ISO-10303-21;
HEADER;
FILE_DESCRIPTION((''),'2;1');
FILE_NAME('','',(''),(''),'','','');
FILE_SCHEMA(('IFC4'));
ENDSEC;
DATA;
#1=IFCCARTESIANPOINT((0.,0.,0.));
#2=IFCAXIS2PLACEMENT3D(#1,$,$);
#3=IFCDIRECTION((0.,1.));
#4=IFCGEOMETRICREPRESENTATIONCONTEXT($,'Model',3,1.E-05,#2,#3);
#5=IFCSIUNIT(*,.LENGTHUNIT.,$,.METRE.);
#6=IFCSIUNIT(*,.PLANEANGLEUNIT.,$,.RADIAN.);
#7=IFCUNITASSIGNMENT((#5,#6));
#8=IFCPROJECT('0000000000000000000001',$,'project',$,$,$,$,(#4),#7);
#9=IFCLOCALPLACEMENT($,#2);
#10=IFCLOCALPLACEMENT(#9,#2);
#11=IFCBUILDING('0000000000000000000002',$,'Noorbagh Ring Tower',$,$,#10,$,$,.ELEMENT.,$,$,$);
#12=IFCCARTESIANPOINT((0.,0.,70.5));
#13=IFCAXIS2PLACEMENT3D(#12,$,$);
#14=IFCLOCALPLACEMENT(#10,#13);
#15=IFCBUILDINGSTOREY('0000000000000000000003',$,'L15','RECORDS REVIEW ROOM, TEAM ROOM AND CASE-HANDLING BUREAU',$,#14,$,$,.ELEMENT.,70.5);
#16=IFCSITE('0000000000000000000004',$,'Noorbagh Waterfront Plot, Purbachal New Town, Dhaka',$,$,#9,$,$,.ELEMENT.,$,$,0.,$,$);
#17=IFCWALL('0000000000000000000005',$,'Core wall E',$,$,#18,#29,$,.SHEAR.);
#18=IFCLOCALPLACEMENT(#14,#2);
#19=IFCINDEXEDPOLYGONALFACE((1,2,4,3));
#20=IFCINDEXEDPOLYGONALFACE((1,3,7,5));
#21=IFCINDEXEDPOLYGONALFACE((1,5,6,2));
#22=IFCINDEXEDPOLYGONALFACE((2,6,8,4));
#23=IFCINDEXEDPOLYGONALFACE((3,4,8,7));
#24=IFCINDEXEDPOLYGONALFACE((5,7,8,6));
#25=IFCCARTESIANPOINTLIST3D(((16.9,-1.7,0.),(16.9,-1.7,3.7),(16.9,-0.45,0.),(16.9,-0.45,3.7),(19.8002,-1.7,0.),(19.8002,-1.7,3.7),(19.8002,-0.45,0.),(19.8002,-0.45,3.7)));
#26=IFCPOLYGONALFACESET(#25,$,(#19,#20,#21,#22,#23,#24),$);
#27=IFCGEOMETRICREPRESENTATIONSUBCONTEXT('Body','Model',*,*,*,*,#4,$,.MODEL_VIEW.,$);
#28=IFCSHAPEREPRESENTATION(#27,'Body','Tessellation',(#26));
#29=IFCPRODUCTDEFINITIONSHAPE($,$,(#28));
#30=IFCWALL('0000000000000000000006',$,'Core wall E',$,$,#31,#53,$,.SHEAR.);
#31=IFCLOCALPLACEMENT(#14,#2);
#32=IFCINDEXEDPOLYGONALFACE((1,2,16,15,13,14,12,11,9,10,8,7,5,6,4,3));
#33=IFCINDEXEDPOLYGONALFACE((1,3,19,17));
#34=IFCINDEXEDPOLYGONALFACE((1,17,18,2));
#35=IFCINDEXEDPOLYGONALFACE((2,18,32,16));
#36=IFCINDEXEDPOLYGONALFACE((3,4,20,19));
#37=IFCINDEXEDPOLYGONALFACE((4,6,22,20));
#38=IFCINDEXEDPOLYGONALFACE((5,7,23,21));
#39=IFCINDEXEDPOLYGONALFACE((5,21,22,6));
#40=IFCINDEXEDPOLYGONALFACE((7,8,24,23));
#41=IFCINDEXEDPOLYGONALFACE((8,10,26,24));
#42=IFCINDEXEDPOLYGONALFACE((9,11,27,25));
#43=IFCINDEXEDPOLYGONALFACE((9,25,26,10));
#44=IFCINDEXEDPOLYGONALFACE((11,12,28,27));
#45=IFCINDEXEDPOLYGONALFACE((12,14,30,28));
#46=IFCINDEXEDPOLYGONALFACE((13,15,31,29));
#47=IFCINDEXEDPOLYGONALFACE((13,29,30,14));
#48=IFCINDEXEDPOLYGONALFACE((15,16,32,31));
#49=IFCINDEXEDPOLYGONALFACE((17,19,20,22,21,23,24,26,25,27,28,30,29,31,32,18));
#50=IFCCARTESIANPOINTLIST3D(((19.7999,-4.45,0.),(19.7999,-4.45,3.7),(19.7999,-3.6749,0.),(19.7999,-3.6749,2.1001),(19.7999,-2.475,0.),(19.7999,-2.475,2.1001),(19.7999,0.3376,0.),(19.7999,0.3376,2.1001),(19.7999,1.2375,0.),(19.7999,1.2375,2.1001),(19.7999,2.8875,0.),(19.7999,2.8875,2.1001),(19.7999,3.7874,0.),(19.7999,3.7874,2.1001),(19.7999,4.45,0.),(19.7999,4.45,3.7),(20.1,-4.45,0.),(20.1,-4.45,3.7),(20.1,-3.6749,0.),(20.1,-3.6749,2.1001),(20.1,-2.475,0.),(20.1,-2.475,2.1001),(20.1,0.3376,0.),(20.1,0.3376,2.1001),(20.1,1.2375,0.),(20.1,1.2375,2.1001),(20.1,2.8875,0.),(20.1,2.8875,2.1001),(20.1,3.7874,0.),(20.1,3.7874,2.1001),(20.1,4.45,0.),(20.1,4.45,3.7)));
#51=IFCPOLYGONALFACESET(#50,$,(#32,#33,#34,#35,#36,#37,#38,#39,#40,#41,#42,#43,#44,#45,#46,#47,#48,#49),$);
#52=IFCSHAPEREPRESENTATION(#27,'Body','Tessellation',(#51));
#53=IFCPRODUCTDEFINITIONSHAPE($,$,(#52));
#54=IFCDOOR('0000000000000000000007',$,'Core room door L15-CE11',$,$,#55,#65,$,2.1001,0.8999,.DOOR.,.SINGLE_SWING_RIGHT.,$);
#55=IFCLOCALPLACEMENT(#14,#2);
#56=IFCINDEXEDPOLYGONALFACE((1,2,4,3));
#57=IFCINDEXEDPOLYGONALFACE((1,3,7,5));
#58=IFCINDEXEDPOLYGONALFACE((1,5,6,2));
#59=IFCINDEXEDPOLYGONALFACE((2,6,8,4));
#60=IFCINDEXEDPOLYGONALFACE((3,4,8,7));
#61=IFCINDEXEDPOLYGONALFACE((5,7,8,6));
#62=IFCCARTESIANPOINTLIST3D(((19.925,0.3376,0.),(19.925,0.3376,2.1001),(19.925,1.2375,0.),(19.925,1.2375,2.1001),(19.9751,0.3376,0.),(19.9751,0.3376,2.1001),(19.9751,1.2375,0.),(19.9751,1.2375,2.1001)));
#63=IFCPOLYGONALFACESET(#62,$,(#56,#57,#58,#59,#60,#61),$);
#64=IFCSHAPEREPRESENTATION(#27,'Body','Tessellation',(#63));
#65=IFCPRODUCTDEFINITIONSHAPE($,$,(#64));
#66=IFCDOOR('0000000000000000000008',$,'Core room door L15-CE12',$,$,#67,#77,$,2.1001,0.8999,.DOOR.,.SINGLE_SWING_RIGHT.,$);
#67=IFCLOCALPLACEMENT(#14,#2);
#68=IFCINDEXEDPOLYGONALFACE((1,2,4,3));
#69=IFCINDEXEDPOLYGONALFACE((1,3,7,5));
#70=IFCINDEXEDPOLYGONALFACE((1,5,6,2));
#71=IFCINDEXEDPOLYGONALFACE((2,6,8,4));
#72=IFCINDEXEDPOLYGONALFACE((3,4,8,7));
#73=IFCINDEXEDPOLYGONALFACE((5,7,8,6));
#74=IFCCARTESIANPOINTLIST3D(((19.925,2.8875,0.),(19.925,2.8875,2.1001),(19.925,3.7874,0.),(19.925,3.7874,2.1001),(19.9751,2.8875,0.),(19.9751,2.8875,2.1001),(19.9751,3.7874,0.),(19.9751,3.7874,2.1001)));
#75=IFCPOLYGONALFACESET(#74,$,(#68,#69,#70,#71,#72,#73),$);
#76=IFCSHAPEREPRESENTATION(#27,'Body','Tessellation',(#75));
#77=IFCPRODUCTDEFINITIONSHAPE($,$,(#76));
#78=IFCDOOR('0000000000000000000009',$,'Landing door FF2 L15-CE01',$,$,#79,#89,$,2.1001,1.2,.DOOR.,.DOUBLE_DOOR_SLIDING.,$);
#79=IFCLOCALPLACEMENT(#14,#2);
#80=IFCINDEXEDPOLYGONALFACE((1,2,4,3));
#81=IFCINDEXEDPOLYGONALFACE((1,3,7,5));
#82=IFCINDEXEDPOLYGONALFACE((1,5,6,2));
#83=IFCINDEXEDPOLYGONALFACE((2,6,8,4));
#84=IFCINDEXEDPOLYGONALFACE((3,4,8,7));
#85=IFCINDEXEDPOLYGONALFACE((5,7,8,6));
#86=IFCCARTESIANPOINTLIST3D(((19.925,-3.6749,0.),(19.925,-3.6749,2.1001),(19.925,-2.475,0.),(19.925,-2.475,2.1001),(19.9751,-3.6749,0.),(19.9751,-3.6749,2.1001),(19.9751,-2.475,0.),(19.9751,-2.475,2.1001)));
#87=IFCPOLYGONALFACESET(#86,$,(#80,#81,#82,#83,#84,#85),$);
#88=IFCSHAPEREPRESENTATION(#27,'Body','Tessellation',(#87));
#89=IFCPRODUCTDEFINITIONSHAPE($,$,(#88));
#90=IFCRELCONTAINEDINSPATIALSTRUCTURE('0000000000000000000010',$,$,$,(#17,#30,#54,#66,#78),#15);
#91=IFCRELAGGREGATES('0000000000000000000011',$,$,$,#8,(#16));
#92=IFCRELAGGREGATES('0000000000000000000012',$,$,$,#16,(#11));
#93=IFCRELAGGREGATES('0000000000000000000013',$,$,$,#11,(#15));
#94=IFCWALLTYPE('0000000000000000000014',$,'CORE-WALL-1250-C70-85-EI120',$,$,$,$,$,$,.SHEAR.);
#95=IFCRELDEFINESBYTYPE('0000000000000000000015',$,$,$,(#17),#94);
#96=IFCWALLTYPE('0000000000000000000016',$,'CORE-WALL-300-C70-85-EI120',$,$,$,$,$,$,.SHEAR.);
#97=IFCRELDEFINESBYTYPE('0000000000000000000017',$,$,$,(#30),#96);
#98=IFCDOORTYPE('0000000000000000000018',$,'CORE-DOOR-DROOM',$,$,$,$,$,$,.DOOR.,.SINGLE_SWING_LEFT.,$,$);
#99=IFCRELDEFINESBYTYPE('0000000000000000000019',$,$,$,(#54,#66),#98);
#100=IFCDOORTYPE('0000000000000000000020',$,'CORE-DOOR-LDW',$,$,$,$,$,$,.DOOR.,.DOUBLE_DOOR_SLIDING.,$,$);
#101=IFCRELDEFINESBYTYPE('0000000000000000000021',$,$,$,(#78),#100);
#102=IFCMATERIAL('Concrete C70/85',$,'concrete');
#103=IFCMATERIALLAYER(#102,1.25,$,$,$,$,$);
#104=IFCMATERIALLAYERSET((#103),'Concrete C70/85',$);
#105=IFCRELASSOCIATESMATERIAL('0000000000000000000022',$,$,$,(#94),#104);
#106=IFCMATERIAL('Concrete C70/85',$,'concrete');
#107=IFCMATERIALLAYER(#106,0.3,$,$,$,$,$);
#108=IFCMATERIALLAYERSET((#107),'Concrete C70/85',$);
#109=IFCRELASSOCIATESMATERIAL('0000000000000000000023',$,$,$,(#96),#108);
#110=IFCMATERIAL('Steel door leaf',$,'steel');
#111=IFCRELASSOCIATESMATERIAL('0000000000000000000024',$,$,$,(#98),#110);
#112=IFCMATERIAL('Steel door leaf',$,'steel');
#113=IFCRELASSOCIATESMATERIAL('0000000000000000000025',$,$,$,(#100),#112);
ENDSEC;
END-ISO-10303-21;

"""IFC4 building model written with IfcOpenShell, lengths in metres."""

from ifc_helpers import new_model, si_unit, direction, frame, frame_2d, origin, place, context, subcontext, project, spatial, rectangle, extrude, material, layer, layer_set, type_object, element, fill, save


model = new_model("IFC4")

# Units and contexts
model_context = context("Model", 3, precision=1e-05, world=origin(), true_north=direction((0.0, 1.0)))
body_context = subcontext(model_context, "Body", "Model", "MODEL_VIEW")
ifc_project = project(units=[si_unit("LENGTHUNIT", "METRE"), si_unit("PLANEANGLEUNIT", "RADIAN")], contexts=[model_context])

# Site, building, storey
site_placement = place(None, origin())
site = spatial("IfcSite", under=ifc_project, at=site_placement, Name="Noorbagh Waterfront Plot, Purbachal New Town, Dhaka", CompositionType="ELEMENT", RefElevation=0.0)
building_placement = place(site_placement, origin())
building = spatial("IfcBuilding", under=site, at=building_placement, Name="Noorbagh Ring Tower", CompositionType="ELEMENT")
storey_placement = place(building_placement, frame((0.0, 0.0, 70.5)))
storey = spatial("IfcBuildingStorey", under=building, at=storey_placement, Name="L15", Description="RECORDS REVIEW ROOM, TEAM ROOM AND CASE-HANDLING BUREAU", CompositionType="ELEMENT", Elevation=70.5)

# Wall
ifc_material_1 = material(Name="Concrete C70/85", Category="concrete")
ifc_layer_1 = layer(ifc_material_1, 1.25)
ifc_layer_set_1 = layer_set([ifc_layer_1], Name="Concrete C70/85")
wall_type_1 = type_object("IfcWallType", Name="CORE-WALL-1250-C70-85-EI120", PredefinedType="SHEAR", material=ifc_layer_set_1)
wall_1_placement = place(storey_placement, frame((16.8999, -1.075, 0.0), z_axis=(0.0, 0.0, 1.0), x_axis=(1.0, 0.0, 0.0)))
element("IfcWall", 1, at=wall_1_placement, inside=storey, type_object=wall_type_1, Name="Core wall E", PredefinedType="SHEAR", context=body_context, shape_type="SweptSolid", body=[
    extrude(rectangle(XDim=2.9001, YDim=1.25, at=frame_2d((1.4502, 0.0))), origin(), (0.0, 0.0, 1.0), 3.7),
])

# Wall, openings, doors
ifc_material_2 = material(Name="Concrete C70/85", Category="concrete")
ifc_layer_2 = layer(ifc_material_2, 0.3)
ifc_layer_set_2 = layer_set([ifc_layer_2], Name="Concrete C70/85")
wall_type_2 = type_object("IfcWallType", Name="CORE-WALL-300-C70-85-EI120", PredefinedType="SHEAR", material=ifc_layer_set_2)
wall_2_placement = place(storey_placement, frame((19.95, -4.45, 0.0), z_axis=(0.0, 0.0, 1.0), x_axis=(0.0, 1.0, 0.0)))
wall_2 = element("IfcWall", 2, at=wall_2_placement, inside=storey, type_object=wall_type_2, Name="Core wall E", PredefinedType="SHEAR", context=body_context, shape_type="SweptSolid", body=[
    extrude(rectangle(XDim=8.8999, YDim=0.3, at=frame_2d((4.45, 0.0))), origin(), (0.0, 0.0, 1.0), 3.7),
])
opening_1_placement = place(wall_2_placement, frame((0.7749, 0.0, 0.0)))
opening_1 = element("IfcOpeningElement", 3, at=opening_1_placement, cuts=wall_2, PredefinedType="OPENING", context=body_context, shape_type="SweptSolid", body=[
    extrude(rectangle(XDim=1.2, YDim=2.1001, at=frame_2d((0.6001, 1.05))), frame((0.0, 0.1602, 0.0), z_axis=(0.0, -1.0, 0.0), x_axis=(1.0, 0.0, 0.0)), (0.0, 0.0, 1.0), 0.3201),
])
opening_2_placement = place(wall_2_placement, frame((4.7876, 0.0, 0.0)))
opening_2 = element("IfcOpeningElement", 4, at=opening_2_placement, cuts=wall_2, PredefinedType="OPENING", context=body_context, shape_type="SweptSolid", body=[
    extrude(rectangle(XDim=0.8999, YDim=2.1001, at=frame_2d((0.45, 1.05))), frame((0.0, 0.1602, 0.0), z_axis=(0.0, -1.0, 0.0), x_axis=(1.0, 0.0, 0.0)), (0.0, 0.0, 1.0), 0.3201),
])
opening_3_placement = place(wall_2_placement, frame((7.3374, 0.0, 0.0)))
opening_3 = element("IfcOpeningElement", 5, at=opening_3_placement, cuts=wall_2, PredefinedType="OPENING", context=body_context, shape_type="SweptSolid", body=[
    extrude(rectangle(XDim=0.8999, YDim=2.1001, at=frame_2d((0.45, 1.05))), frame((0.0, 0.1602, 0.0), z_axis=(0.0, -1.0, 0.0), x_axis=(1.0, 0.0, 0.0)), (0.0, 0.0, 1.0), 0.3201),
])
ifc_material_3 = material(Name="Steel door leaf", Category="steel")
door_type_1 = type_object("IfcDoorType", Name="CORE-DOOR-DROOM", OperationType="SINGLE_SWING_LEFT", PredefinedType="DOOR", material=ifc_material_3)
door_1_placement = place(opening_2_placement, origin())
door_1 = element("IfcDoor", 6, at=door_1_placement, inside=storey, type_object=door_type_1, Name="Core room door L15-CE11", OperationType="SINGLE_SWING_RIGHT", OverallHeight=2.1001, OverallWidth=0.8999, PredefinedType="DOOR", context=body_context, shape_type="SweptSolid", body=[
    extrude(rectangle(XDim=0.8999, YDim=2.1001, at=frame_2d((0.45, 1.05))), frame((0.0, 0.0249, 0.0), z_axis=(0.0, -1.0, 0.0), x_axis=(1.0, 0.0, 0.0)), (0.0, 0.0, 1.0), 0.05),
])
fill(opening_2, door_1)
door_2_placement = place(opening_3_placement, origin())
door_2 = element("IfcDoor", 7, at=door_2_placement, inside=storey, type_object=door_type_1, Name="Core room door L15-CE12", OperationType="SINGLE_SWING_RIGHT", OverallHeight=2.1001, OverallWidth=0.8999, PredefinedType="DOOR", context=body_context, shape_type="SweptSolid", body=[
    extrude(rectangle(XDim=0.8999, YDim=2.1001, at=frame_2d((0.45, 1.05))), frame((0.0, 0.0249, 0.0), z_axis=(0.0, -1.0, 0.0), x_axis=(1.0, 0.0, 0.0)), (0.0, 0.0, 1.0), 0.05),
])
fill(opening_3, door_2)
ifc_material_4 = material(Name="Steel door leaf", Category="steel")
door_type_2 = type_object("IfcDoorType", Name="CORE-DOOR-LDW", OperationType="DOUBLE_DOOR_SLIDING", PredefinedType="DOOR", material=ifc_material_4)
door_3_placement = place(opening_1_placement, origin())
door_3 = element("IfcDoor", 8, at=door_3_placement, inside=storey, type_object=door_type_2, Name="Landing door FF2 L15-CE01", OperationType="DOUBLE_DOOR_SLIDING", OverallHeight=2.1001, OverallWidth=1.2, PredefinedType="DOOR", context=body_context, shape_type="SweptSolid", body=[
    extrude(rectangle(XDim=1.2, YDim=2.1001, at=frame_2d((0.6001, 1.05))), frame((0.0, 0.0249, 0.0), z_axis=(0.0, -1.0, 0.0), x_axis=(1.0, 0.0, 0.0)), (0.0, 0.0, 1.0), 0.05),
])
fill(opening_1, door_3)

save(model, "model.ifc")
